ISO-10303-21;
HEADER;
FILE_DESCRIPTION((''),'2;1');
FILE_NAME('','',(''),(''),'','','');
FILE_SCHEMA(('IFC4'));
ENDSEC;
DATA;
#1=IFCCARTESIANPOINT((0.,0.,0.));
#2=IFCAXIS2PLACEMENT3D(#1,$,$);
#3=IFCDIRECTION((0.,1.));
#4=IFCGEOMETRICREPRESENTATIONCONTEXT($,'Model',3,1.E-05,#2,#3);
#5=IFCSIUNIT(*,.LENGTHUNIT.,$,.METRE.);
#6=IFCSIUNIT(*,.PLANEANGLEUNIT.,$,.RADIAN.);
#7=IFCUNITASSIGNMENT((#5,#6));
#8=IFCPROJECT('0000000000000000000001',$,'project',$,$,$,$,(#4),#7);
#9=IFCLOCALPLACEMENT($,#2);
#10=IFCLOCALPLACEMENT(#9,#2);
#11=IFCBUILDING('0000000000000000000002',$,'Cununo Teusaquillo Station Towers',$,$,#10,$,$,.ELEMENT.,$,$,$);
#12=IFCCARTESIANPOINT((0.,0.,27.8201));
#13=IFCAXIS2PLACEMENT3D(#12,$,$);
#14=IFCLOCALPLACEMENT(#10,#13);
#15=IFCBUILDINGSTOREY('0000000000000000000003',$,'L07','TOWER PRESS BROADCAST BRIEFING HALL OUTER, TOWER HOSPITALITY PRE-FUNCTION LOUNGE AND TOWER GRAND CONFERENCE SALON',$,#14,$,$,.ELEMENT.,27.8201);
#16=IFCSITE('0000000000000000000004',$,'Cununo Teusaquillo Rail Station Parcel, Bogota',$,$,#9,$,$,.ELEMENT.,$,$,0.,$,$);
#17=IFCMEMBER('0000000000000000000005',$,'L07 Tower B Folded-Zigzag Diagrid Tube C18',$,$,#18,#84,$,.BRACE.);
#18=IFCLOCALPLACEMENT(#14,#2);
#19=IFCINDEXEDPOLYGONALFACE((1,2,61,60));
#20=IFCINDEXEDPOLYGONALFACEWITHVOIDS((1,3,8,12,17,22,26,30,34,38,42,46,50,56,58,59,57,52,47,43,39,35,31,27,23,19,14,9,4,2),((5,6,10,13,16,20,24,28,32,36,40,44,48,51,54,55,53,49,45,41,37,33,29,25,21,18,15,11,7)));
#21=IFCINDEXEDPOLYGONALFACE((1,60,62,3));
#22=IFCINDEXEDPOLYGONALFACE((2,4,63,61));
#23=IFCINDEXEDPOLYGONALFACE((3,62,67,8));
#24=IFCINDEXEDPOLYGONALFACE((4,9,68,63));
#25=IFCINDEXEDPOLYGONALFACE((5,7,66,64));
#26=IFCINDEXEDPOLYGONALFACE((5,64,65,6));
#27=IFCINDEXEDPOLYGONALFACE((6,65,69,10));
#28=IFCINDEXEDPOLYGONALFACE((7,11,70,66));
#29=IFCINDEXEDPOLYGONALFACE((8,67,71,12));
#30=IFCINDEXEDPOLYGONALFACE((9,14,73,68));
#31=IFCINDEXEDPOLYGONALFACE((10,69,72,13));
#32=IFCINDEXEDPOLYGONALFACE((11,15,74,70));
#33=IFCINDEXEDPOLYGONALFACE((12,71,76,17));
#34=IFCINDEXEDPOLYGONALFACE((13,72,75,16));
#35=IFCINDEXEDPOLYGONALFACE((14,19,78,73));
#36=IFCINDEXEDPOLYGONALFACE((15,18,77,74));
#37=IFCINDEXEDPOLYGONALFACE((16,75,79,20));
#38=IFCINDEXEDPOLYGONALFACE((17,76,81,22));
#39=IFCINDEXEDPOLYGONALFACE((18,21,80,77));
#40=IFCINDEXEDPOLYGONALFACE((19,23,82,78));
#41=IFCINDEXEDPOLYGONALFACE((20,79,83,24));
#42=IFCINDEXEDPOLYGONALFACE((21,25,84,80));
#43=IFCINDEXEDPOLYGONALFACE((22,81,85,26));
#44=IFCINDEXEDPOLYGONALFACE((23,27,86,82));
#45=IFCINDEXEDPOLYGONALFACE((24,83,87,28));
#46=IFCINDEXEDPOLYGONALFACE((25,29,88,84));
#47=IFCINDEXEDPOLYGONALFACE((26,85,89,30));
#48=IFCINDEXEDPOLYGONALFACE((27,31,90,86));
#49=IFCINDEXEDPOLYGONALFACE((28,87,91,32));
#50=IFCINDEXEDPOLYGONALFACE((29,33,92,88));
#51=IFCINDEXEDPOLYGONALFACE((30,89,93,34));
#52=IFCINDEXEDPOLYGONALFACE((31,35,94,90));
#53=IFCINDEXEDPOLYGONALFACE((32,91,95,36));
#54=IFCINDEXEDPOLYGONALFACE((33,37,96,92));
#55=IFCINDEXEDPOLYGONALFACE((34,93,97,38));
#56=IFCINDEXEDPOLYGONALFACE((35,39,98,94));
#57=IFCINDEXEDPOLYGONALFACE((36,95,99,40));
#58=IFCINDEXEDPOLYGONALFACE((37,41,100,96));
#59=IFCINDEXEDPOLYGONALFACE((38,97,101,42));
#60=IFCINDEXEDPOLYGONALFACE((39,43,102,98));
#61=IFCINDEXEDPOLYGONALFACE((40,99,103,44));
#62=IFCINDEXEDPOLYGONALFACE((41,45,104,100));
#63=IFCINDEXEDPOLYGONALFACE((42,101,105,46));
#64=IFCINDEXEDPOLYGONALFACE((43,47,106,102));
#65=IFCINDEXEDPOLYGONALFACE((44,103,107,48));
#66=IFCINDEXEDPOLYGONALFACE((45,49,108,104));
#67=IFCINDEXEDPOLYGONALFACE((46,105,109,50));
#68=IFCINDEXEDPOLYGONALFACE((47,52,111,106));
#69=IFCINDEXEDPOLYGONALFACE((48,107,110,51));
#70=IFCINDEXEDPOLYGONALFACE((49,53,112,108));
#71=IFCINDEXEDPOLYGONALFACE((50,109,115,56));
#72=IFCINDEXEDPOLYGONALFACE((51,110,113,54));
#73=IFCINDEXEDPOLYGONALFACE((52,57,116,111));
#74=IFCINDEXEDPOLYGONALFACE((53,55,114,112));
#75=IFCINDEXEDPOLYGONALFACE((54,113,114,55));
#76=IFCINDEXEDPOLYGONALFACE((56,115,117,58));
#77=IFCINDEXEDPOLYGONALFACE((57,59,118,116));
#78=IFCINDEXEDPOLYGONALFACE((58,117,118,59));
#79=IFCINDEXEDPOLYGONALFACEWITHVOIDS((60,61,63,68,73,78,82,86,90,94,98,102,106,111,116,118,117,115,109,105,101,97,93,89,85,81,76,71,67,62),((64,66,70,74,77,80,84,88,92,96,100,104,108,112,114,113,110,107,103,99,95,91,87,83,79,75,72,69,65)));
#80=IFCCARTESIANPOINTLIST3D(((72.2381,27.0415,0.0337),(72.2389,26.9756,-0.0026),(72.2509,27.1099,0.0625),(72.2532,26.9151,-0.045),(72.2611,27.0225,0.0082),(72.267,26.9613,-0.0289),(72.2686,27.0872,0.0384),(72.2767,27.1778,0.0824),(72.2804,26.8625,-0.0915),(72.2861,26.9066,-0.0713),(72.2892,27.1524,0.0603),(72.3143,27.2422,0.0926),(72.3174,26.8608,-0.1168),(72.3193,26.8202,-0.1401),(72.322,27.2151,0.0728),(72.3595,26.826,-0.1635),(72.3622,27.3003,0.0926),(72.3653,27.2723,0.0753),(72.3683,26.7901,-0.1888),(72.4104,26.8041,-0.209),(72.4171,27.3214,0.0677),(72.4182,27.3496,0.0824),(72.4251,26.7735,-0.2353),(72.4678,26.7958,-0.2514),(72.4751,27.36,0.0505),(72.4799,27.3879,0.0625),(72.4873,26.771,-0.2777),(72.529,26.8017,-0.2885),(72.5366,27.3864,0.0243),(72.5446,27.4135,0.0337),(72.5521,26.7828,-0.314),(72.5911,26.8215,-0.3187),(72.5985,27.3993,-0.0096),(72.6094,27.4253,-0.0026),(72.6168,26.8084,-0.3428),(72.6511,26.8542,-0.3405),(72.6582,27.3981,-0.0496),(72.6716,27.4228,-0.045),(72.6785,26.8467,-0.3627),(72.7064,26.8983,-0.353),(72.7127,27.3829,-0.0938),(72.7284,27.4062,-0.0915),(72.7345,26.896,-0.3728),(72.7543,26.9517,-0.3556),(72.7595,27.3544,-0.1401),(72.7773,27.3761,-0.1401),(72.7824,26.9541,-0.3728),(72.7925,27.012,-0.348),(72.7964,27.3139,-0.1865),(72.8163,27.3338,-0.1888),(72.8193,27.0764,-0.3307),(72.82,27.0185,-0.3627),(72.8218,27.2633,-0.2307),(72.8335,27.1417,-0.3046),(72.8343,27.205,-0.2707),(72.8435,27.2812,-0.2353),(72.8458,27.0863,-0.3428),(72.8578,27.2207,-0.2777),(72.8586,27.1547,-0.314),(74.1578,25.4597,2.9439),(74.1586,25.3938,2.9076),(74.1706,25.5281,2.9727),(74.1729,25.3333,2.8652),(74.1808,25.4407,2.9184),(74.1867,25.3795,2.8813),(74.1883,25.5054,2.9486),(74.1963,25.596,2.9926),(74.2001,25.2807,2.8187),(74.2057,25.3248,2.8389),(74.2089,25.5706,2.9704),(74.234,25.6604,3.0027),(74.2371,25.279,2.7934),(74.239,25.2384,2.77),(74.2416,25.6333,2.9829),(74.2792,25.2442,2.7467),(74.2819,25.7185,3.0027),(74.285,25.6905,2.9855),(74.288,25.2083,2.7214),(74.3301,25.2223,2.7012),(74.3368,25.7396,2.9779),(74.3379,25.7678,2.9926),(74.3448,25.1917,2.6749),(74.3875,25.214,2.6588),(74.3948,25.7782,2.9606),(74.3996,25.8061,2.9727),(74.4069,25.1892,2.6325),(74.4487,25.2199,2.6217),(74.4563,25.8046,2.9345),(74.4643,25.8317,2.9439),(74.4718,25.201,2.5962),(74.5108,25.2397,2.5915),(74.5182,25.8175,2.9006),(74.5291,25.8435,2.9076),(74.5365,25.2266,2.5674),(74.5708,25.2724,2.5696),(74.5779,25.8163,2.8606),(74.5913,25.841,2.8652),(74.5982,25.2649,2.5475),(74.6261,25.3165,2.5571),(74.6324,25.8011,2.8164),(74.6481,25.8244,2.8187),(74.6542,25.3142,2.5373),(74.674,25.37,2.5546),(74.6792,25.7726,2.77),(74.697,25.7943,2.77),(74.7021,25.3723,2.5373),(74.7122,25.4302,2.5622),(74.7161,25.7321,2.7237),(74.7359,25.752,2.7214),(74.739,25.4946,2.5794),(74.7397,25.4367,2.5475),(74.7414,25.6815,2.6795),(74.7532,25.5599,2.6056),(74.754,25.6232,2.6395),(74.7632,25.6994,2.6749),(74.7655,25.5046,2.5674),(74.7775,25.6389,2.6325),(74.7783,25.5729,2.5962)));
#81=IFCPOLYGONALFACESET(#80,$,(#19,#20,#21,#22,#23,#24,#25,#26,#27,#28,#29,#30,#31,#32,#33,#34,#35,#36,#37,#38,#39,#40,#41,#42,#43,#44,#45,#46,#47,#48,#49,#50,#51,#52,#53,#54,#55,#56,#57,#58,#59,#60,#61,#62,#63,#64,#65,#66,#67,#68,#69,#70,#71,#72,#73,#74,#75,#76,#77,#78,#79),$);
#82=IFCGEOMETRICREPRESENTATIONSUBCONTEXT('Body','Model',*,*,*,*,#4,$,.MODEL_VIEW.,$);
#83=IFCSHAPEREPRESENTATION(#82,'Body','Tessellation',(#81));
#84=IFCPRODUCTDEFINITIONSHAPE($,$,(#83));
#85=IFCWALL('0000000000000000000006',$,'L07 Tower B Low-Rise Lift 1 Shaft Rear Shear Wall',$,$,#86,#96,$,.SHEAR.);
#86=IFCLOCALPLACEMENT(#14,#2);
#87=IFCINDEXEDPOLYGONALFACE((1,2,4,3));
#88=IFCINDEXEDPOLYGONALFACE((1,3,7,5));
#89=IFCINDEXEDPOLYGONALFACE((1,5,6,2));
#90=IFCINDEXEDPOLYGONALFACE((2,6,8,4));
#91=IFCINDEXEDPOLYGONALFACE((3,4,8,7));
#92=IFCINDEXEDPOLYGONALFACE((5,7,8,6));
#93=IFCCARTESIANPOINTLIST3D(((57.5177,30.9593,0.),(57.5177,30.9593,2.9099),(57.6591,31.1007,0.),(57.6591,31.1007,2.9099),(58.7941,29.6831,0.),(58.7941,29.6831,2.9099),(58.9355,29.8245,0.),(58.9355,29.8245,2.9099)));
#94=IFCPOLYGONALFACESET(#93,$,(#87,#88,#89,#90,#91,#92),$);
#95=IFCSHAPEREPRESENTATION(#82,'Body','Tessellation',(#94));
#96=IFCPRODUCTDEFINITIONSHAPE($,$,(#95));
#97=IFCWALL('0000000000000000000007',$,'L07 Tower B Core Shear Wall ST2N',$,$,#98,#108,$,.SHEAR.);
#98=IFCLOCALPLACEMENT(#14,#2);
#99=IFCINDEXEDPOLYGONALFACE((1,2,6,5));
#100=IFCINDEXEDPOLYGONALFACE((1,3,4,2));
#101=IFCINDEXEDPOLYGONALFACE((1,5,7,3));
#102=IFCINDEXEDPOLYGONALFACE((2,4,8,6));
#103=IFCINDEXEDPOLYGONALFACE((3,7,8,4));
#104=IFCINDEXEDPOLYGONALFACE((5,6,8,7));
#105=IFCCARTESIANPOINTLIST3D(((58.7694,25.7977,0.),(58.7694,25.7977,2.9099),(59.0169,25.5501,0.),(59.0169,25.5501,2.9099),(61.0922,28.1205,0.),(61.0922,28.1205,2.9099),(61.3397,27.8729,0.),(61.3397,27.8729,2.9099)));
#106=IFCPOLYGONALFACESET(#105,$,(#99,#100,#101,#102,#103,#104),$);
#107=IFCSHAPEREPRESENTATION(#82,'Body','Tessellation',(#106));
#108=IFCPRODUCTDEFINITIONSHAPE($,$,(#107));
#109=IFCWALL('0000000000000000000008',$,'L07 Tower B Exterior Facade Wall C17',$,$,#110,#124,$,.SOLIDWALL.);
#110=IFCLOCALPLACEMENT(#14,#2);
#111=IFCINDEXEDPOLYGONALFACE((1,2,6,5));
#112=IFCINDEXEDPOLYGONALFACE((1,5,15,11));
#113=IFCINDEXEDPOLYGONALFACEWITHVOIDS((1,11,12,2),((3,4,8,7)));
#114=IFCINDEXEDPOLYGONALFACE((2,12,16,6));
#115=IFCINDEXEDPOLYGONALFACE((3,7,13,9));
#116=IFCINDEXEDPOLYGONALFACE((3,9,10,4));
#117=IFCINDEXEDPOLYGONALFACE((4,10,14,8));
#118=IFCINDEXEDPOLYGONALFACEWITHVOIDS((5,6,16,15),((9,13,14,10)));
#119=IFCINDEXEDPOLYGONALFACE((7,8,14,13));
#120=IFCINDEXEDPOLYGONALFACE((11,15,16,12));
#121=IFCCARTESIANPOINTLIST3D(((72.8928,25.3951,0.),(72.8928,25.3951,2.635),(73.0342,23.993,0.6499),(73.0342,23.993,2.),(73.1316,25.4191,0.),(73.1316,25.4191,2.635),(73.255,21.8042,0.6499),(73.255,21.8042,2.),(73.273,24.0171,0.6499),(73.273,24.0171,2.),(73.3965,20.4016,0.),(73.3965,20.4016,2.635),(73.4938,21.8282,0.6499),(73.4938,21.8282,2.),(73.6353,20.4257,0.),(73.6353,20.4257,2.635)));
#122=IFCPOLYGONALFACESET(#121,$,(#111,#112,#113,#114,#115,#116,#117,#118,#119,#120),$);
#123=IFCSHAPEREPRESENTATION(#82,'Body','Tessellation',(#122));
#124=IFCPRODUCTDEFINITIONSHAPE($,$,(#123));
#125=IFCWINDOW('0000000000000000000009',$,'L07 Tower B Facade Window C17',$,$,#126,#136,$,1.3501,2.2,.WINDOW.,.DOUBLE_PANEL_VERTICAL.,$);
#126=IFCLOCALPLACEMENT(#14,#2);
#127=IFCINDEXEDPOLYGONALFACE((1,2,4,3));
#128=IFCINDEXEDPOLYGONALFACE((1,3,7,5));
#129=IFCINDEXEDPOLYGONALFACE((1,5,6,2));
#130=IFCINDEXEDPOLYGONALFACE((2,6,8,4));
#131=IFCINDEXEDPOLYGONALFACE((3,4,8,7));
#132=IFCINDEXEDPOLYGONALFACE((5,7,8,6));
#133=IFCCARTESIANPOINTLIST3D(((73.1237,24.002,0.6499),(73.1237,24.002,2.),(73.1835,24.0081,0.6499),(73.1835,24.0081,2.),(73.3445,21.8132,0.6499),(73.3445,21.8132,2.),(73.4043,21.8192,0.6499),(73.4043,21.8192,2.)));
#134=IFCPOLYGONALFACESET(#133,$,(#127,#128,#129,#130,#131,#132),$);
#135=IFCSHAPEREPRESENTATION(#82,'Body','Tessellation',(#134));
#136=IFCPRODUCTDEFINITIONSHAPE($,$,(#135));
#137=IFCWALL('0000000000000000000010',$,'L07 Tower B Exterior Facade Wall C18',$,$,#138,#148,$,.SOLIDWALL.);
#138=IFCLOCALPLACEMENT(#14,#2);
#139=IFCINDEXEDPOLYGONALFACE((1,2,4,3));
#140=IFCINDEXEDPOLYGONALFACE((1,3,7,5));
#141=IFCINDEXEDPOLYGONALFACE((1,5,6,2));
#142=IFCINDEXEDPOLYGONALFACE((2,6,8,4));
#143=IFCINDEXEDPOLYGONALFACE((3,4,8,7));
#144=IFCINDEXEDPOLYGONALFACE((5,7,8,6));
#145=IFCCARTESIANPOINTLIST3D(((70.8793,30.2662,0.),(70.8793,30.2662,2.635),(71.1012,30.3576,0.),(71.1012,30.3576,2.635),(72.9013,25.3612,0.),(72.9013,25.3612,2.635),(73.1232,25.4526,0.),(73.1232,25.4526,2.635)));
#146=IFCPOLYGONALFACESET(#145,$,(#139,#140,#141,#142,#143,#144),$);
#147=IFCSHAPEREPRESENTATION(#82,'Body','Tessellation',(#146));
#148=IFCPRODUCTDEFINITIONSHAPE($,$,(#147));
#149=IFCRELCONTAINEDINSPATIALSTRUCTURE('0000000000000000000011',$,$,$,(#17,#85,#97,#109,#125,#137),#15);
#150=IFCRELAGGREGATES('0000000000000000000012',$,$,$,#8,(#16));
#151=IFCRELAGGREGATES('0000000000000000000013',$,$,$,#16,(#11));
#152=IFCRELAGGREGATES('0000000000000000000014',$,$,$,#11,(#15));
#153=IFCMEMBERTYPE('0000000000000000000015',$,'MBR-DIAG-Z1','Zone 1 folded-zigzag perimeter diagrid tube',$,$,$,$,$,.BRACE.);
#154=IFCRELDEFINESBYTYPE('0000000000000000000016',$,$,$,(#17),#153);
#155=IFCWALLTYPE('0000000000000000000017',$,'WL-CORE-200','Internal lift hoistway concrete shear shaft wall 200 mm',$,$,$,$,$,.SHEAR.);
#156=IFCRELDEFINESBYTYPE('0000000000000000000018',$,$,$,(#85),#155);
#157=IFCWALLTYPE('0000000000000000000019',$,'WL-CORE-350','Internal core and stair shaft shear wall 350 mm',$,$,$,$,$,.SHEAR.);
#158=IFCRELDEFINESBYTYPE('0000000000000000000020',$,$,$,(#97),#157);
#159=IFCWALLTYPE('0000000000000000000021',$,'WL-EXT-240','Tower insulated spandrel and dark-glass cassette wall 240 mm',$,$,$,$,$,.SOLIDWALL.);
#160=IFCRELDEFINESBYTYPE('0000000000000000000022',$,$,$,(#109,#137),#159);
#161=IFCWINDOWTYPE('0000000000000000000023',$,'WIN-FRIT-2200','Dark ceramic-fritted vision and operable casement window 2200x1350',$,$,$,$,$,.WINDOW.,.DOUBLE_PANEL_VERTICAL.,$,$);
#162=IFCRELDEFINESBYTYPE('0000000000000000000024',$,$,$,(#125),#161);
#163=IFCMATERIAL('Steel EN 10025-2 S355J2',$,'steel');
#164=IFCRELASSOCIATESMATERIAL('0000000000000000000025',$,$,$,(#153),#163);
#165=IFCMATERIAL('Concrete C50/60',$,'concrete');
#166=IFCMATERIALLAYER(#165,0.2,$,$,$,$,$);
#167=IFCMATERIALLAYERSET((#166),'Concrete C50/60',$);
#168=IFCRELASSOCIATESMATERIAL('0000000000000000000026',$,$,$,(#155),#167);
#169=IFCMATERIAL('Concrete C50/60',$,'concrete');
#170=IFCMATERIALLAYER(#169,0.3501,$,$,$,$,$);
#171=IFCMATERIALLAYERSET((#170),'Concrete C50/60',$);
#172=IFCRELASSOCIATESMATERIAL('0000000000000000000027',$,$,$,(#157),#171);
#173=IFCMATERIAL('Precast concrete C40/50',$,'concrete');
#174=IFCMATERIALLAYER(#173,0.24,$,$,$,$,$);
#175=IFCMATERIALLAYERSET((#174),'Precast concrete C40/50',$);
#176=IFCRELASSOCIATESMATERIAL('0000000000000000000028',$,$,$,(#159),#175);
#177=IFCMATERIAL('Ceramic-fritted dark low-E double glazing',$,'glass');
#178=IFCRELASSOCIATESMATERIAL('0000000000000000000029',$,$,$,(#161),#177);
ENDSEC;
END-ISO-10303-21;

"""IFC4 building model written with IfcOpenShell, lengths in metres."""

from ifc_helpers import new_model, si_unit, direction, frame, frame_2d, origin, origin_2d, place, context, subcontext, project, spatial, rectangle, hollow_circle, extrude, source, transform, mapped, material, layer, layer_set, material_profile, profile_set, type_object, element, fill, save


model = new_model("IFC4")

# Units and contexts
model_context = context("Model", 3, precision=1e-05, world=origin(), true_north=direction((0.0, 1.0)))
body_context = subcontext(model_context, "Body", "Model", "MODEL_VIEW")
ifc_project = project(units=[si_unit("LENGTHUNIT", "METRE"), si_unit("PLANEANGLEUNIT", "RADIAN")], contexts=[model_context])

# Site, building, storey
site_placement = place(None, origin())
site = spatial("IfcSite", under=ifc_project, at=site_placement, Name="Cununo Teusaquillo Rail Station Parcel, Bogota", CompositionType="ELEMENT", RefElevation=0.0)
building_placement = place(site_placement, origin())
building = spatial("IfcBuilding", under=site, at=building_placement, Name="Cununo Teusaquillo Station Towers", CompositionType="ELEMENT")
storey_placement = place(building_placement, frame((0.0, 0.0, 27.8201)))
storey = spatial("IfcBuildingStorey", under=building, at=storey_placement, Name="L07", Description="TOWER PRESS BROADCAST BRIEFING HALL OUTER, TOWER HOSPITALITY PRE-FUNCTION LOUNGE AND TOWER GRAND CONFERENCE SALON", CompositionType="ELEMENT", Elevation=27.8201)

# Member
ifc_material_1 = material(Name="Steel EN 10025-2 S355J2", Category="steel")
ifc_material_profile_1 = material_profile(ifc_material_1, hollow_circle(Radius=0.3601, WallThickness=0.0281, at=origin_2d()), Name="CHS 720x28")
ifc_profile_set_1 = profile_set([ifc_material_profile_1], Name="Steel EN 10025-2 S355J2")
member_type = type_object("IfcMemberType", Name="MBR-DIAG-Z1", Description="Zone 1 folded-zigzag perimeter diagrid tube", PredefinedType="BRACE", material=ifc_profile_set_1)
member_placement = place(storey_placement, frame((72.5483, 27.0981, -0.1401), z_axis=(0.501438, -0.413178, 0.76016), x_axis=(0.635917, 0.771757, 0.0)))
element("IfcMember", 1, at=member_placement, inside=storey, type_object=member_type, Name="L07 Tower B Folded-Zigzag Diagrid Tube C18", PredefinedType="BRACE", context=body_context, shape_type="SweptSolid", body=[
    extrude(hollow_circle(Radius=0.3601, WallThickness=0.0281, at=origin_2d()), origin(), (0.0, 0.0, 1.0), 3.8284),
])

# Walls
ifc_material_2 = material(Name="Concrete C50/60", Category="concrete")
ifc_layer_1 = layer(ifc_material_2, 0.2)
ifc_layer_set_1 = layer_set([ifc_layer_1], Name="Concrete C50/60")
wall_type_1 = type_object("IfcWallType", Name="WL-CORE-200", Description="Internal lift hoistway concrete shear shaft wall 200 mm", PredefinedType="SHEAR", material=ifc_layer_set_1)
wall_1_placement = place(storey_placement, frame((58.8647, 29.7539, 0.0), z_axis=(0.0, 0.0, 1.0), x_axis=(-0.707174, 0.707039, 0.0)))
element("IfcWall", 2, at=wall_1_placement, inside=storey, type_object=wall_type_1, Name="L07 Tower B Low-Rise Lift 1 Shaft Rear Shear Wall", PredefinedType="SHEAR", context=body_context, shape_type="SweptSolid", body=[
    extrude(rectangle(XDim=1.8049, YDim=0.2, at=frame_2d((0.9023, 0.0))), origin(), (0.0, 0.0, 1.0), 2.9099),
])
ifc_material_3 = material(Name="Concrete C50/60", Category="concrete")
ifc_layer_2 = layer(ifc_material_3, 0.3501)
ifc_layer_set_2 = layer_set([ifc_layer_2], Name="Concrete C50/60")
wall_type_2 = type_object("IfcWallType", Name="WL-CORE-350", Description="Internal core and stair shaft shear wall 350 mm", PredefinedType="SHEAR", material=ifc_layer_set_2)
wall_2_placement = place(storey_placement, frame((58.8931, 25.6738, 0.0), z_axis=(0.0, 0.0, 1.0), x_axis=(0.707107, 0.707107, 0.0)))
element("IfcWall", 3, at=wall_2_placement, inside=storey, type_object=wall_type_2, Name="L07 Tower B Core Shear Wall ST2N", PredefinedType="SHEAR", context=body_context, shape_type="SweptSolid", body=[
    extrude(rectangle(XDim=3.2849, YDim=0.3501, at=frame_2d((1.6426, 0.0))), origin(), (0.0, 0.0, 1.0), 2.9099),
])

# Wall, opening, window
ifc_material_4 = material(Name="Precast concrete C40/50", Category="concrete")
ifc_layer_3 = layer(ifc_material_4, 0.24)
ifc_layer_set_3 = layer_set([ifc_layer_3], Name="Precast concrete C40/50")
wall_type_3 = type_object("IfcWallType", Name="WL-EXT-240", Description="Tower insulated spandrel and dark-glass cassette wall 240 mm", PredefinedType="SOLIDWALL", material=ifc_layer_set_3)
wall_3_placement = place(storey_placement, frame((73.0122, 25.407, 0.0), z_axis=(0.0, 0.0, 1.0), x_axis=(0.100356, -0.994952, 0.0)))
wall_3 = element("IfcWall", 4, at=wall_3_placement, inside=storey, type_object=wall_type_3, Name="L07 Tower B Exterior Facade Wall C17", PredefinedType="SOLIDWALL", context=body_context, shape_type="SweptSolid", body=[
    extrude(rectangle(XDim=5.0188, YDim=0.24, at=frame_2d((2.5093, 0.0))), origin(), (0.0, 0.0, 1.0), 2.635),
])
shared_shape_1 = source(origin(), body_context, "Body", "SweptSolid", [
    extrude(rectangle(XDim=2.2, YDim=1.3501, at=frame_2d((1.1001, 0.675))), frame((0.0, 0.1299, 0.0), z_axis=(0.0, -1.0, 0.0), x_axis=(1.0, 0.0, 0.0)), (0.0, 0.0, 1.0), 0.26),
])
opening_1_placement = place(wall_3_placement, frame((1.4089, 0.0, 0.6499)))
opening_1 = element("IfcOpeningElement", 5, at=opening_1_placement, cuts=wall_3, PredefinedType="OPENING", context=body_context, shape_type="MappedRepresentation", body=[
    mapped(shared_shape_1, transform((0.0, 0.0, 0.0), x_axis=(1.0, 0.0, 0.0), y_axis=(0.0, 1.0, 0.0), z_axis=(0.0, 0.0, 1.0), scale=1.0)),
])
ifc_material_5 = material(Name="Ceramic-fritted dark low-E double glazing", Category="glass")
window_type = type_object("IfcWindowType", Name="WIN-FRIT-2200", Description="Dark ceramic-fritted vision and operable casement window 2200x1350", PartitioningType="DOUBLE_PANEL_VERTICAL", PredefinedType="WINDOW", material=ifc_material_5)
shared_shape_2 = source(origin(), body_context, "Body", "SweptSolid", [
    extrude(rectangle(XDim=2.2, YDim=1.3501, at=frame_2d((1.1001, 0.675))), frame((0.0, 0.03, 0.0), z_axis=(0.0, -1.0, 0.0), x_axis=(1.0, 0.0, 0.0)), (0.0, 0.0, 1.0), 0.0601),
])
window_placement = place(opening_1_placement, origin())
window = element("IfcWindow", 6, at=window_placement, inside=storey, type_object=window_type, Name="L07 Tower B Facade Window C17", OverallHeight=1.3501, OverallWidth=2.2, PartitioningType="DOUBLE_PANEL_VERTICAL", PredefinedType="WINDOW", context=body_context, shape_type="MappedRepresentation", body=[
    mapped(shared_shape_2, transform((0.0, 0.0, 0.0), x_axis=(1.0, 0.0, 0.0), y_axis=(0.0, 1.0, 0.0), z_axis=(0.0, 0.0, 1.0), scale=1.0)),
])
fill(opening_1, window)

# Wall
wall_4_placement = place(storey_placement, frame((70.9902, 30.312, 0.0), z_axis=(0.0, 0.0, 1.0), x_axis=(0.381113, -0.924528, 0.0)))
element("IfcWall", 7, at=wall_4_placement, inside=storey, type_object=wall_type_3, Name="L07 Tower B Exterior Facade Wall C18", PredefinedType="SOLIDWALL", context=body_context, shape_type="SweptSolid", body=[
    extrude(rectangle(XDim=5.3054, YDim=0.24, at=frame_2d((2.6528, 0.0))), origin(), (0.0, 0.0, 1.0), 2.635),
])

save(model, "model.ifc")
